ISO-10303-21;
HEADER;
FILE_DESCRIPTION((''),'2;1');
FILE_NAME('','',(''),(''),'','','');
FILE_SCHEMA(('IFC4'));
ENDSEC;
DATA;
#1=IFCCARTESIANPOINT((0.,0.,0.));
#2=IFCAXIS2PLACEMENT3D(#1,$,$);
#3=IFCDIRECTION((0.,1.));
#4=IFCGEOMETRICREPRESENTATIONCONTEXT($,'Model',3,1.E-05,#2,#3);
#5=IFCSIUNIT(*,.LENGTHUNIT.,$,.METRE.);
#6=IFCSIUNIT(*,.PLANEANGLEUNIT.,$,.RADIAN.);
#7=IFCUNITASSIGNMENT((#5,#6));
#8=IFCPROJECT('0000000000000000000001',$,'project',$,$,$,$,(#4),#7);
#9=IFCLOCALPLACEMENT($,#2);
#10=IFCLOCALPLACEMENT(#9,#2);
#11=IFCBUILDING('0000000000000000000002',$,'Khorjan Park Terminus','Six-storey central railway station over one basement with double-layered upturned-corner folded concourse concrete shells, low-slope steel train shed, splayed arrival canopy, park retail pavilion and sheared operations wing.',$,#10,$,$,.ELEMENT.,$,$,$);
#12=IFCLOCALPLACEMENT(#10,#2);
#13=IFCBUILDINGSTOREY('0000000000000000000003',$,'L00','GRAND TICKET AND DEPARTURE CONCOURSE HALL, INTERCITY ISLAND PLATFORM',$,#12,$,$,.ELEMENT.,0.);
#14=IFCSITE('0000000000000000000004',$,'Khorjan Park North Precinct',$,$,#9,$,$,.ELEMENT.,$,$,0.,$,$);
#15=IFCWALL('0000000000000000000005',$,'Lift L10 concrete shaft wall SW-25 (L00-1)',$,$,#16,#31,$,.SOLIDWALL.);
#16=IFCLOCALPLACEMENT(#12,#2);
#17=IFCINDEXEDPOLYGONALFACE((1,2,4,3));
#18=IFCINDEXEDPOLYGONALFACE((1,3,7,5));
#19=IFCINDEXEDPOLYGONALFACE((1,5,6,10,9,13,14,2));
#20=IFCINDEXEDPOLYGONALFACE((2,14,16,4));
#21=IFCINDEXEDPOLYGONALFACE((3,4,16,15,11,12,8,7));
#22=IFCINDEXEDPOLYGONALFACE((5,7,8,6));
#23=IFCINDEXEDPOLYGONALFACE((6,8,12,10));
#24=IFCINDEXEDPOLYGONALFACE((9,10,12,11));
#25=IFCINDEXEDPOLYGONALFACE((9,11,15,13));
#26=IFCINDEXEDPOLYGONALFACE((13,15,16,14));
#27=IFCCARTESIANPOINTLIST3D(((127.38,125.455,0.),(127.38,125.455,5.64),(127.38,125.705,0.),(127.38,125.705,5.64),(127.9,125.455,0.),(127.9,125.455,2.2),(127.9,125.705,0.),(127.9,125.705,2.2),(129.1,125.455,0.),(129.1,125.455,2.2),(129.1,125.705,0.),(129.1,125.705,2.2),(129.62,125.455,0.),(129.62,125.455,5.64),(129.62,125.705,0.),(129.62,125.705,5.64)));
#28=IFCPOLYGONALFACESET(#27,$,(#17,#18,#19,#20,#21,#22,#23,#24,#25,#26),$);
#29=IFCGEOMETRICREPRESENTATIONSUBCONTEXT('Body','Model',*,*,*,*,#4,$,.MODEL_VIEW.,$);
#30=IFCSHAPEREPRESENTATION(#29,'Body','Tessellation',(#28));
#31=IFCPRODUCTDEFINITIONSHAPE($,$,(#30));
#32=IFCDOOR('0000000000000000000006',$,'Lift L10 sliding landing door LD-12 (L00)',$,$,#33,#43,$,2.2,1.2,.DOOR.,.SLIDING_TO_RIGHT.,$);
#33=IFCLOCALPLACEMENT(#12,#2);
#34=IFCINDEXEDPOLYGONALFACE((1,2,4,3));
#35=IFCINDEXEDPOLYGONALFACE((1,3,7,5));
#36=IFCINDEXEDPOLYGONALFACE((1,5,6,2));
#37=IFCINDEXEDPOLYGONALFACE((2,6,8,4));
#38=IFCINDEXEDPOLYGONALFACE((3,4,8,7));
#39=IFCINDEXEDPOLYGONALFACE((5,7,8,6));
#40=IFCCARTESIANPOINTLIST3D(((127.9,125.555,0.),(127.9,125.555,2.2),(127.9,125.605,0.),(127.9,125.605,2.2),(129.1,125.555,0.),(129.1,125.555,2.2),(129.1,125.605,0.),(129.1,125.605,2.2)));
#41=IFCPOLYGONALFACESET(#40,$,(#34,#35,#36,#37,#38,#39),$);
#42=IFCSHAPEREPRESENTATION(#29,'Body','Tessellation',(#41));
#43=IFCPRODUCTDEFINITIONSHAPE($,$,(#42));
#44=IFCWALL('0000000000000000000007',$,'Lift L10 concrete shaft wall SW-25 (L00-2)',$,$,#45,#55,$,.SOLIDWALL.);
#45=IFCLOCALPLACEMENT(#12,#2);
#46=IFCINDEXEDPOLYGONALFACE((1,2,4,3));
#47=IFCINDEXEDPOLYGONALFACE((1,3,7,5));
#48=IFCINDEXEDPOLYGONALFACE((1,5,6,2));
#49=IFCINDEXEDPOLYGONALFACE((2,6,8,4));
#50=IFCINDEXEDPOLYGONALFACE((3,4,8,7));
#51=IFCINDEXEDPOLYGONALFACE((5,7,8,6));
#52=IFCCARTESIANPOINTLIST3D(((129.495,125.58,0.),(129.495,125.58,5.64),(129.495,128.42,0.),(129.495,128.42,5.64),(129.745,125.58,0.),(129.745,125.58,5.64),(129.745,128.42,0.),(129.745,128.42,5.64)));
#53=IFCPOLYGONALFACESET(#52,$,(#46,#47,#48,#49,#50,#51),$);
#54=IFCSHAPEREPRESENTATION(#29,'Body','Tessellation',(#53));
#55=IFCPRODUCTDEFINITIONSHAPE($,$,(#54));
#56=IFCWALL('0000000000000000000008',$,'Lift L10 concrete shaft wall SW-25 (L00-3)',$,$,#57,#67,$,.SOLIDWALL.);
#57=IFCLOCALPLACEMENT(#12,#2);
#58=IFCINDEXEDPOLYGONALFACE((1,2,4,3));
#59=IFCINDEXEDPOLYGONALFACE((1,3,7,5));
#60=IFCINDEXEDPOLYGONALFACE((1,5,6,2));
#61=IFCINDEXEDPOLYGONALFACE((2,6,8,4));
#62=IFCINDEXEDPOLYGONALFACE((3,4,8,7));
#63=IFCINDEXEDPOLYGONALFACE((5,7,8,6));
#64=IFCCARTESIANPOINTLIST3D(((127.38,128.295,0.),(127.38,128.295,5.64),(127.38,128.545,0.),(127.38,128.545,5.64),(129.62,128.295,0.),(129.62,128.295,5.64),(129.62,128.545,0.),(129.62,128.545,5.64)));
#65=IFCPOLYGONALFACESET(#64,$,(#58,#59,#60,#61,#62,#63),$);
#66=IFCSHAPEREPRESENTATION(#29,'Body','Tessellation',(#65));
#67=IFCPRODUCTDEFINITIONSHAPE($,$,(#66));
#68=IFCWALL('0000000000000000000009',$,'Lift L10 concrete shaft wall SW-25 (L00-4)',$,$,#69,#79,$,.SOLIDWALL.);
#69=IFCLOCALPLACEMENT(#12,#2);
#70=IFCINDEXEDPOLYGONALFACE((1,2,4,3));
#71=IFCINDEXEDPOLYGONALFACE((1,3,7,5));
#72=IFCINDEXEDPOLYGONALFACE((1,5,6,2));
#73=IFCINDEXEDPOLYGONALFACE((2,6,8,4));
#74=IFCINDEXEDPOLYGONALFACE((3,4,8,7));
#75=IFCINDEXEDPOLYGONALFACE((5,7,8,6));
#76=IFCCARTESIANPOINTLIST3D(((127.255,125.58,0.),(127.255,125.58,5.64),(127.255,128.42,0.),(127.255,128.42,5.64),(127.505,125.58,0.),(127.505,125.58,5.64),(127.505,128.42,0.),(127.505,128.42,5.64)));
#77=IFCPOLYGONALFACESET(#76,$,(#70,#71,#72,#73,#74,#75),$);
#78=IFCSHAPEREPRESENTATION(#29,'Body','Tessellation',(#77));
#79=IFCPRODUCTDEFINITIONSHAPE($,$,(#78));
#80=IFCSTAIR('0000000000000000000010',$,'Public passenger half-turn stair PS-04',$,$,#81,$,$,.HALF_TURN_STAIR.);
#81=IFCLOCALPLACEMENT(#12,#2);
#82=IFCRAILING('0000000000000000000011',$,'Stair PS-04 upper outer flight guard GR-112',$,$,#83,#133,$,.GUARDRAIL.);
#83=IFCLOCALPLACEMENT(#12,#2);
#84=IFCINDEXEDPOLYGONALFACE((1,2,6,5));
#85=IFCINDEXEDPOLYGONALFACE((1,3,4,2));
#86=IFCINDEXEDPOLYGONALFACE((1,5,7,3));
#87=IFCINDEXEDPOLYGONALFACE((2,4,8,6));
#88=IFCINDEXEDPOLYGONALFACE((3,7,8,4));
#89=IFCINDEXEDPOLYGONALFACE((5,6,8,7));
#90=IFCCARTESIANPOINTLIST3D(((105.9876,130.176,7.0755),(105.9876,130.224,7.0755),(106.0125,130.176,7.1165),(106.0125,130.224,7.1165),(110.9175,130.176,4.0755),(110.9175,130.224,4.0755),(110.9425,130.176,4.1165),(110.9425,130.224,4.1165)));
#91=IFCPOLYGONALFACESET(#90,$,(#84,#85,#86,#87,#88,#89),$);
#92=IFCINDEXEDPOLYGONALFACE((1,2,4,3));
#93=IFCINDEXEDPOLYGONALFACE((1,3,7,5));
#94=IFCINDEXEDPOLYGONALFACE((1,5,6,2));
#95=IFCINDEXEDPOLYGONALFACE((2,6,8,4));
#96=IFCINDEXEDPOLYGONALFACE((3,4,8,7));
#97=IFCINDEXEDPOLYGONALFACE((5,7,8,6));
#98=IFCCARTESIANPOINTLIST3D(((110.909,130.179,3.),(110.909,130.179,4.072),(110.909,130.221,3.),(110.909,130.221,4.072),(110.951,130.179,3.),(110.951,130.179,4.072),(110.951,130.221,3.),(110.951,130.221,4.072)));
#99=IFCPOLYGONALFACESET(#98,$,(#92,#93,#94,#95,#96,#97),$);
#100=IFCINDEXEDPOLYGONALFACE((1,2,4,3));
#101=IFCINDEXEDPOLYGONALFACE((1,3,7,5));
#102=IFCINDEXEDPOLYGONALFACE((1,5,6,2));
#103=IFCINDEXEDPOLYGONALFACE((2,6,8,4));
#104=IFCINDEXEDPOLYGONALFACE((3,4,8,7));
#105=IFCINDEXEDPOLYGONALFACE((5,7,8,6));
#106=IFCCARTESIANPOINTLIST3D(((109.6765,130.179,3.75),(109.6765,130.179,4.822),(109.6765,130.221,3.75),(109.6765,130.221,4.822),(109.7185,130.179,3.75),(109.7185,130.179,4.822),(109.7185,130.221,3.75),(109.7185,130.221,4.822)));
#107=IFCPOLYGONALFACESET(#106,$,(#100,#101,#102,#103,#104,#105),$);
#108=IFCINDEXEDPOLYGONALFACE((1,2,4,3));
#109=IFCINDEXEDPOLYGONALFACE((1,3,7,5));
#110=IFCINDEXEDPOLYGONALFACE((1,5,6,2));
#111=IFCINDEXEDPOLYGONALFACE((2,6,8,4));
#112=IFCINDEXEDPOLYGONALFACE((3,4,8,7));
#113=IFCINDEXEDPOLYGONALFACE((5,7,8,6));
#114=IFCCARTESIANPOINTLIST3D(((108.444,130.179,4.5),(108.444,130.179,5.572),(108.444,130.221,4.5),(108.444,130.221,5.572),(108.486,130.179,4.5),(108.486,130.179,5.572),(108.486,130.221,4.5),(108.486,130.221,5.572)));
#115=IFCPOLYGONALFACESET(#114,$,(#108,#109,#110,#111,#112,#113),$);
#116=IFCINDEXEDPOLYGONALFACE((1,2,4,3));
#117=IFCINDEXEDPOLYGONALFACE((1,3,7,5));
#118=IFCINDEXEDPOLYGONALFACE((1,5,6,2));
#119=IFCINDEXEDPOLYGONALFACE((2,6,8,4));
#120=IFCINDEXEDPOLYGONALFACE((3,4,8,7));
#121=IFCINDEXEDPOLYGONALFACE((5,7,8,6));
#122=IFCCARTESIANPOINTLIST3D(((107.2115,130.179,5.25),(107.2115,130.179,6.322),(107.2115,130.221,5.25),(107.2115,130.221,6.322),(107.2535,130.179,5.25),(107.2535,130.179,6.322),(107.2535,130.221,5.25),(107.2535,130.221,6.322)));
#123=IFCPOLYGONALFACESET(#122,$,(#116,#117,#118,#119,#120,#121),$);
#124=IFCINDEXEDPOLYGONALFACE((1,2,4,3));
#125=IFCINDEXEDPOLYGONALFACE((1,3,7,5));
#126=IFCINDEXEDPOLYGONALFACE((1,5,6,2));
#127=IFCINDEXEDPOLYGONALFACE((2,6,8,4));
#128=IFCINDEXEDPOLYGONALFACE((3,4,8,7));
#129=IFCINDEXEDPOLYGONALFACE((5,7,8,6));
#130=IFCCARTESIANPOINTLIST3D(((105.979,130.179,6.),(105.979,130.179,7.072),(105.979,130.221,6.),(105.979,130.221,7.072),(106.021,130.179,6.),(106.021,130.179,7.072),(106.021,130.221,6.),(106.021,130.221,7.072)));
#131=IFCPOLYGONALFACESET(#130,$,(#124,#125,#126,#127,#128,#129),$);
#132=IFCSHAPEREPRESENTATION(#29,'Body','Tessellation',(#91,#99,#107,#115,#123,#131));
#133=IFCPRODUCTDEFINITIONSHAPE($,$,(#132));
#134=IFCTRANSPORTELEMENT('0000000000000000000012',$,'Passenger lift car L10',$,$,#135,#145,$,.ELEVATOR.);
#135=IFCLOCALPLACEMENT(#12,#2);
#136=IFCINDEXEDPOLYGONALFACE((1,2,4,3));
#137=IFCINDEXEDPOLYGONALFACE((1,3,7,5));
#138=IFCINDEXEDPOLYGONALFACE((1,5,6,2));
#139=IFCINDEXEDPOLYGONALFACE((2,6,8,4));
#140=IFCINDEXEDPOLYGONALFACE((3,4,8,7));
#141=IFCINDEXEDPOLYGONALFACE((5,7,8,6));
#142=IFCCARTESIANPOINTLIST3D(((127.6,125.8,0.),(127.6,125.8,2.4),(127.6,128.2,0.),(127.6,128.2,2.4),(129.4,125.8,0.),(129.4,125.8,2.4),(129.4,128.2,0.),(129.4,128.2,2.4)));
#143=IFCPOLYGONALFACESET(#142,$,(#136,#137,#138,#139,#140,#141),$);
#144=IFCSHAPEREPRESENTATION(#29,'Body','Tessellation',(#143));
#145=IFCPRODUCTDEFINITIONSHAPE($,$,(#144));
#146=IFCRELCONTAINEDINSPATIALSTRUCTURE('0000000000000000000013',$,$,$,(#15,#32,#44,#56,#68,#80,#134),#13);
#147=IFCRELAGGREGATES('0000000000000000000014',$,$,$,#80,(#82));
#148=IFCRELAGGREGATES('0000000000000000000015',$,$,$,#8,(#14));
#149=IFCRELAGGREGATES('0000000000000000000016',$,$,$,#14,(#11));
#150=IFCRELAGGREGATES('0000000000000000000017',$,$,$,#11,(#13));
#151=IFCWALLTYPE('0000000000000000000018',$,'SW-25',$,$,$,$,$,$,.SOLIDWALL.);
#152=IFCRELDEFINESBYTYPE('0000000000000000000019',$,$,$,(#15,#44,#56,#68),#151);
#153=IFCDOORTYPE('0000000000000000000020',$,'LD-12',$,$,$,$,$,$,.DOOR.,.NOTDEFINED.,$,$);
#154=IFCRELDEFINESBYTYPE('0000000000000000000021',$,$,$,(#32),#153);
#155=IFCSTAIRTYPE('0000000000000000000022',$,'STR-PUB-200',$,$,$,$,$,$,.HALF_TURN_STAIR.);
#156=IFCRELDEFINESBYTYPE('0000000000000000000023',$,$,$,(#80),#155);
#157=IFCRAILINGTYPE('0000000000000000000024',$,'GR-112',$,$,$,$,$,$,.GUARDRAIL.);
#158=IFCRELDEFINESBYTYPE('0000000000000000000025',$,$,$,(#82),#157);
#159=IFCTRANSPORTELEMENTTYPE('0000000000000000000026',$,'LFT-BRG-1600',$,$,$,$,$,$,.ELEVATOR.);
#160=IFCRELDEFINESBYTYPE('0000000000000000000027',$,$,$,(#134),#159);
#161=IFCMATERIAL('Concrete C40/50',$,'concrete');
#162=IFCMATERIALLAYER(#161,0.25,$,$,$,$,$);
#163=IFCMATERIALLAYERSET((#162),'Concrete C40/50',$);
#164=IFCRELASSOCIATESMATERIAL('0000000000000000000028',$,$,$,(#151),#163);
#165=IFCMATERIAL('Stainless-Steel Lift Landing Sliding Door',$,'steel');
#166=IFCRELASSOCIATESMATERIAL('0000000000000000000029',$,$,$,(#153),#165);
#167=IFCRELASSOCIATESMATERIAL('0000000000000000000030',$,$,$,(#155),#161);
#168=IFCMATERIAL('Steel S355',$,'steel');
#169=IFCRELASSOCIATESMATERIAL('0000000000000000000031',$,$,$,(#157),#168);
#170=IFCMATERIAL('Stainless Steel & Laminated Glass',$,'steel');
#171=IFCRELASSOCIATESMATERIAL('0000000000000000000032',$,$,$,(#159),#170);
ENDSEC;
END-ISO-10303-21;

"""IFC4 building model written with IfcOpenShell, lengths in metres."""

from ifc_helpers import new_model, si_unit, direction, frame, frame_2d, origin, origin_2d, place, context, subcontext, project, spatial, rectangle, extrude, material, layer, layer_set, type_object, element, fill, aggregate, save


model = new_model("IFC4")

# Units and contexts
model_context = context("Model", 3, precision=1e-05, world=origin(), true_north=direction((0.0, 1.0)))
body_context = subcontext(model_context, "Body", "Model", "MODEL_VIEW")
ifc_project = project(units=[si_unit("LENGTHUNIT", "METRE"), si_unit("PLANEANGLEUNIT", "RADIAN")], contexts=[model_context])

# Site, building, storey
site_placement = place(None, origin())
site = spatial("IfcSite", under=ifc_project, at=site_placement, Name="Khorjan Park North Precinct", CompositionType="ELEMENT", RefElevation=0.0)
building_placement = place(site_placement, origin())
building = spatial("IfcBuilding", under=site, at=building_placement, Name="Khorjan Park Terminus", Description="Six-storey central railway station over one basement with double-layered upturned-corner folded concourse concrete shells, low-slope steel train shed, splayed arrival canopy, park retail pavilion and sheared operations wing.", CompositionType="ELEMENT")
storey_placement = place(building_placement, origin())
storey = spatial("IfcBuildingStorey", under=building, at=storey_placement, Name="L00", Description="GRAND TICKET AND DEPARTURE CONCOURSE HALL, INTERCITY ISLAND PLATFORM", CompositionType="ELEMENT", Elevation=0.0)

# Shared definitions
ifc_material_1 = material(Name="Steel S355", Category="steel")
ifc_material_2 = material(Name="Concrete C40/50", Category="concrete")

# Wall, opening, door
ifc_layer = layer(ifc_material_2, 0.25)
ifc_layer_set = layer_set([ifc_layer], Name="Concrete C40/50")
wall_type = type_object("IfcWallType", Name="SW-25", PredefinedType="SOLIDWALL", material=ifc_layer_set)
wall_1_placement = place(storey_placement, frame((127.38, 125.58, 0.0), z_axis=(0.0, 0.0, 1.0), x_axis=(1.0, 0.0, 0.0)))
wall_1 = element("IfcWall", 1, at=wall_1_placement, inside=storey, type_object=wall_type, Name="Lift L10 concrete shaft wall SW-25 (L00-1)", PredefinedType="SOLIDWALL", context=body_context, shape_type="SweptSolid", body=[
    extrude(rectangle(XDim=2.24, YDim=0.25, at=frame_2d((1.12, 0.0))), origin(), (0.0, 0.0, 1.0), 5.64),
])
opening_placement = place(wall_1_placement, frame((0.52, 0.0, 0.0)))
opening = element("IfcOpeningElement", 2, at=opening_placement, cuts=wall_1, PredefinedType="OPENING", context=body_context, shape_type="SweptSolid", body=[
    extrude(rectangle(XDim=1.2, YDim=2.2, at=frame_2d((0.6, 1.1))), frame((0.0, 0.135, 0.0), z_axis=(0.0, -1.0, 0.0), x_axis=(1.0, 0.0, 0.0)), (0.0, 0.0, 1.0), 0.27),
])
ifc_material_3 = material(Name="Stainless-Steel Lift Landing Sliding Door", Category="steel")
door_type = type_object("IfcDoorType", Name="LD-12", OperationType="NOTDEFINED", PredefinedType="DOOR", material=ifc_material_3)
door_placement = place(opening_placement, origin())
door = element("IfcDoor", 3, at=door_placement, inside=storey, type_object=door_type, Name="Lift L10 sliding landing door LD-12 (L00)", OperationType="SLIDING_TO_RIGHT", OverallHeight=2.2, OverallWidth=1.2, PredefinedType="DOOR", context=body_context, shape_type="SweptSolid", body=[
    extrude(rectangle(XDim=1.2, YDim=2.2, at=frame_2d((0.6, 1.1))), frame((0.0, 0.025, 0.0), z_axis=(0.0, -1.0, 0.0), x_axis=(1.0, 0.0, 0.0)), (0.0, 0.0, 1.0), 0.05),
])
fill(opening, door)

# Walls
wall_2_placement = place(storey_placement, frame((129.62, 125.58, 0.0), z_axis=(0.0, 0.0, 1.0), x_axis=(0.0, 1.0, 0.0)))
element("IfcWall", 4, at=wall_2_placement, inside=storey, type_object=wall_type, Name="Lift L10 concrete shaft wall SW-25 (L00-2)", PredefinedType="SOLIDWALL", context=body_context, shape_type="SweptSolid", body=[
    extrude(rectangle(XDim=2.84, YDim=0.25, at=frame_2d((1.42, 0.0))), origin(), (0.0, 0.0, 1.0), 5.64),
])
wall_3_placement = place(storey_placement, frame((129.62, 128.42, 0.0), z_axis=(0.0, 0.0, 1.0), x_axis=(-1.0, 0.0, 0.0)))
element("IfcWall", 5, at=wall_3_placement, inside=storey, type_object=wall_type, Name="Lift L10 concrete shaft wall SW-25 (L00-3)", PredefinedType="SOLIDWALL", context=body_context, shape_type="SweptSolid", body=[
    extrude(rectangle(XDim=2.24, YDim=0.25, at=frame_2d((1.12, 0.0))), origin(), (0.0, 0.0, 1.0), 5.64),
])
wall_4_placement = place(storey_placement, frame((127.38, 128.42, 0.0), z_axis=(0.0, 0.0, 1.0), x_axis=(0.0, -1.0, 0.0)))
element("IfcWall", 6, at=wall_4_placement, inside=storey, type_object=wall_type, Name="Lift L10 concrete shaft wall SW-25 (L00-4)", PredefinedType="SOLIDWALL", context=body_context, shape_type="SweptSolid", body=[
    extrude(rectangle(XDim=2.84, YDim=0.25, at=frame_2d((1.42, 0.0))), origin(), (0.0, 0.0, 1.0), 5.64),
])

# Stair, railing
stair_type = type_object("IfcStairType", Name="STR-PUB-200", PredefinedType="HALF_TURN_STAIR", material=ifc_material_2)
stair_placement = place(storey_placement, origin())
stair = element("IfcStair", 7, at=stair_placement, inside=storey, type_object=stair_type, Name="Public passenger half-turn stair PS-04", PredefinedType="HALF_TURN_STAIR")
railing_type = type_object("IfcRailingType", Name="GR-112", PredefinedType="GUARDRAIL", material=ifc_material_1)
railing_placement = place(storey_placement, frame((110.93, 130.2, 3.0)))
railing = element("IfcRailing", 8, at=railing_placement, type_object=railing_type, Name="Stair PS-04 upper outer flight guard GR-112", PredefinedType="GUARDRAIL", context=body_context, shape_type="SweptSolid", body=[
    extrude(rectangle(XDim=0.048, YDim=0.048, at=origin_2d()), frame((0.0, 0.0, 1.096), z_axis=(-0.854265, 0.0, 0.519837), x_axis=(0.0, -1.0, 0.0)), (0.0, 0.0, 1.0), 5.771),
    extrude(rectangle(XDim=0.042, YDim=0.042, at=origin_2d()), origin(), (0.0, 0.0, 1.0), 1.072),
    extrude(rectangle(XDim=0.042, YDim=0.042, at=origin_2d()), frame((-1.2325, 0.0, 0.75)), (0.0, 0.0, 1.0), 1.072),
    extrude(rectangle(XDim=0.042, YDim=0.042, at=origin_2d()), frame((-2.465, 0.0, 1.5)), (0.0, 0.0, 1.0), 1.072),
    extrude(rectangle(XDim=0.042, YDim=0.042, at=origin_2d()), frame((-3.6975, 0.0, 2.25)), (0.0, 0.0, 1.0), 1.072),
    extrude(rectangle(XDim=0.042, YDim=0.042, at=origin_2d()), frame((-4.93, 0.0, 3.0)), (0.0, 0.0, 1.0), 1.072),
])
aggregate(stair, [railing])

# Transport element
ifc_material_4 = material(Name="Stainless Steel & Laminated Glass", Category="steel")
transport_element_type = type_object("IfcTransportElementType", Name="LFT-BRG-1600", PredefinedType="ELEVATOR", material=ifc_material_4)
transport_element_placement = place(storey_placement, frame((128.5, 127.0, 0.0), z_axis=(0.0, 0.0, 1.0), x_axis=(1.0, 0.0, 0.0)))
element("IfcTransportElement", 9, at=transport_element_placement, inside=storey, type_object=transport_element_type, Name="Passenger lift car L10", PredefinedType="ELEVATOR", context=body_context, shape_type="SweptSolid", body=[
    extrude(rectangle(XDim=1.8, YDim=2.4, at=origin_2d()), origin(), (0.0, 0.0, 1.0), 2.4),
])

save(model, "model.ifc")
